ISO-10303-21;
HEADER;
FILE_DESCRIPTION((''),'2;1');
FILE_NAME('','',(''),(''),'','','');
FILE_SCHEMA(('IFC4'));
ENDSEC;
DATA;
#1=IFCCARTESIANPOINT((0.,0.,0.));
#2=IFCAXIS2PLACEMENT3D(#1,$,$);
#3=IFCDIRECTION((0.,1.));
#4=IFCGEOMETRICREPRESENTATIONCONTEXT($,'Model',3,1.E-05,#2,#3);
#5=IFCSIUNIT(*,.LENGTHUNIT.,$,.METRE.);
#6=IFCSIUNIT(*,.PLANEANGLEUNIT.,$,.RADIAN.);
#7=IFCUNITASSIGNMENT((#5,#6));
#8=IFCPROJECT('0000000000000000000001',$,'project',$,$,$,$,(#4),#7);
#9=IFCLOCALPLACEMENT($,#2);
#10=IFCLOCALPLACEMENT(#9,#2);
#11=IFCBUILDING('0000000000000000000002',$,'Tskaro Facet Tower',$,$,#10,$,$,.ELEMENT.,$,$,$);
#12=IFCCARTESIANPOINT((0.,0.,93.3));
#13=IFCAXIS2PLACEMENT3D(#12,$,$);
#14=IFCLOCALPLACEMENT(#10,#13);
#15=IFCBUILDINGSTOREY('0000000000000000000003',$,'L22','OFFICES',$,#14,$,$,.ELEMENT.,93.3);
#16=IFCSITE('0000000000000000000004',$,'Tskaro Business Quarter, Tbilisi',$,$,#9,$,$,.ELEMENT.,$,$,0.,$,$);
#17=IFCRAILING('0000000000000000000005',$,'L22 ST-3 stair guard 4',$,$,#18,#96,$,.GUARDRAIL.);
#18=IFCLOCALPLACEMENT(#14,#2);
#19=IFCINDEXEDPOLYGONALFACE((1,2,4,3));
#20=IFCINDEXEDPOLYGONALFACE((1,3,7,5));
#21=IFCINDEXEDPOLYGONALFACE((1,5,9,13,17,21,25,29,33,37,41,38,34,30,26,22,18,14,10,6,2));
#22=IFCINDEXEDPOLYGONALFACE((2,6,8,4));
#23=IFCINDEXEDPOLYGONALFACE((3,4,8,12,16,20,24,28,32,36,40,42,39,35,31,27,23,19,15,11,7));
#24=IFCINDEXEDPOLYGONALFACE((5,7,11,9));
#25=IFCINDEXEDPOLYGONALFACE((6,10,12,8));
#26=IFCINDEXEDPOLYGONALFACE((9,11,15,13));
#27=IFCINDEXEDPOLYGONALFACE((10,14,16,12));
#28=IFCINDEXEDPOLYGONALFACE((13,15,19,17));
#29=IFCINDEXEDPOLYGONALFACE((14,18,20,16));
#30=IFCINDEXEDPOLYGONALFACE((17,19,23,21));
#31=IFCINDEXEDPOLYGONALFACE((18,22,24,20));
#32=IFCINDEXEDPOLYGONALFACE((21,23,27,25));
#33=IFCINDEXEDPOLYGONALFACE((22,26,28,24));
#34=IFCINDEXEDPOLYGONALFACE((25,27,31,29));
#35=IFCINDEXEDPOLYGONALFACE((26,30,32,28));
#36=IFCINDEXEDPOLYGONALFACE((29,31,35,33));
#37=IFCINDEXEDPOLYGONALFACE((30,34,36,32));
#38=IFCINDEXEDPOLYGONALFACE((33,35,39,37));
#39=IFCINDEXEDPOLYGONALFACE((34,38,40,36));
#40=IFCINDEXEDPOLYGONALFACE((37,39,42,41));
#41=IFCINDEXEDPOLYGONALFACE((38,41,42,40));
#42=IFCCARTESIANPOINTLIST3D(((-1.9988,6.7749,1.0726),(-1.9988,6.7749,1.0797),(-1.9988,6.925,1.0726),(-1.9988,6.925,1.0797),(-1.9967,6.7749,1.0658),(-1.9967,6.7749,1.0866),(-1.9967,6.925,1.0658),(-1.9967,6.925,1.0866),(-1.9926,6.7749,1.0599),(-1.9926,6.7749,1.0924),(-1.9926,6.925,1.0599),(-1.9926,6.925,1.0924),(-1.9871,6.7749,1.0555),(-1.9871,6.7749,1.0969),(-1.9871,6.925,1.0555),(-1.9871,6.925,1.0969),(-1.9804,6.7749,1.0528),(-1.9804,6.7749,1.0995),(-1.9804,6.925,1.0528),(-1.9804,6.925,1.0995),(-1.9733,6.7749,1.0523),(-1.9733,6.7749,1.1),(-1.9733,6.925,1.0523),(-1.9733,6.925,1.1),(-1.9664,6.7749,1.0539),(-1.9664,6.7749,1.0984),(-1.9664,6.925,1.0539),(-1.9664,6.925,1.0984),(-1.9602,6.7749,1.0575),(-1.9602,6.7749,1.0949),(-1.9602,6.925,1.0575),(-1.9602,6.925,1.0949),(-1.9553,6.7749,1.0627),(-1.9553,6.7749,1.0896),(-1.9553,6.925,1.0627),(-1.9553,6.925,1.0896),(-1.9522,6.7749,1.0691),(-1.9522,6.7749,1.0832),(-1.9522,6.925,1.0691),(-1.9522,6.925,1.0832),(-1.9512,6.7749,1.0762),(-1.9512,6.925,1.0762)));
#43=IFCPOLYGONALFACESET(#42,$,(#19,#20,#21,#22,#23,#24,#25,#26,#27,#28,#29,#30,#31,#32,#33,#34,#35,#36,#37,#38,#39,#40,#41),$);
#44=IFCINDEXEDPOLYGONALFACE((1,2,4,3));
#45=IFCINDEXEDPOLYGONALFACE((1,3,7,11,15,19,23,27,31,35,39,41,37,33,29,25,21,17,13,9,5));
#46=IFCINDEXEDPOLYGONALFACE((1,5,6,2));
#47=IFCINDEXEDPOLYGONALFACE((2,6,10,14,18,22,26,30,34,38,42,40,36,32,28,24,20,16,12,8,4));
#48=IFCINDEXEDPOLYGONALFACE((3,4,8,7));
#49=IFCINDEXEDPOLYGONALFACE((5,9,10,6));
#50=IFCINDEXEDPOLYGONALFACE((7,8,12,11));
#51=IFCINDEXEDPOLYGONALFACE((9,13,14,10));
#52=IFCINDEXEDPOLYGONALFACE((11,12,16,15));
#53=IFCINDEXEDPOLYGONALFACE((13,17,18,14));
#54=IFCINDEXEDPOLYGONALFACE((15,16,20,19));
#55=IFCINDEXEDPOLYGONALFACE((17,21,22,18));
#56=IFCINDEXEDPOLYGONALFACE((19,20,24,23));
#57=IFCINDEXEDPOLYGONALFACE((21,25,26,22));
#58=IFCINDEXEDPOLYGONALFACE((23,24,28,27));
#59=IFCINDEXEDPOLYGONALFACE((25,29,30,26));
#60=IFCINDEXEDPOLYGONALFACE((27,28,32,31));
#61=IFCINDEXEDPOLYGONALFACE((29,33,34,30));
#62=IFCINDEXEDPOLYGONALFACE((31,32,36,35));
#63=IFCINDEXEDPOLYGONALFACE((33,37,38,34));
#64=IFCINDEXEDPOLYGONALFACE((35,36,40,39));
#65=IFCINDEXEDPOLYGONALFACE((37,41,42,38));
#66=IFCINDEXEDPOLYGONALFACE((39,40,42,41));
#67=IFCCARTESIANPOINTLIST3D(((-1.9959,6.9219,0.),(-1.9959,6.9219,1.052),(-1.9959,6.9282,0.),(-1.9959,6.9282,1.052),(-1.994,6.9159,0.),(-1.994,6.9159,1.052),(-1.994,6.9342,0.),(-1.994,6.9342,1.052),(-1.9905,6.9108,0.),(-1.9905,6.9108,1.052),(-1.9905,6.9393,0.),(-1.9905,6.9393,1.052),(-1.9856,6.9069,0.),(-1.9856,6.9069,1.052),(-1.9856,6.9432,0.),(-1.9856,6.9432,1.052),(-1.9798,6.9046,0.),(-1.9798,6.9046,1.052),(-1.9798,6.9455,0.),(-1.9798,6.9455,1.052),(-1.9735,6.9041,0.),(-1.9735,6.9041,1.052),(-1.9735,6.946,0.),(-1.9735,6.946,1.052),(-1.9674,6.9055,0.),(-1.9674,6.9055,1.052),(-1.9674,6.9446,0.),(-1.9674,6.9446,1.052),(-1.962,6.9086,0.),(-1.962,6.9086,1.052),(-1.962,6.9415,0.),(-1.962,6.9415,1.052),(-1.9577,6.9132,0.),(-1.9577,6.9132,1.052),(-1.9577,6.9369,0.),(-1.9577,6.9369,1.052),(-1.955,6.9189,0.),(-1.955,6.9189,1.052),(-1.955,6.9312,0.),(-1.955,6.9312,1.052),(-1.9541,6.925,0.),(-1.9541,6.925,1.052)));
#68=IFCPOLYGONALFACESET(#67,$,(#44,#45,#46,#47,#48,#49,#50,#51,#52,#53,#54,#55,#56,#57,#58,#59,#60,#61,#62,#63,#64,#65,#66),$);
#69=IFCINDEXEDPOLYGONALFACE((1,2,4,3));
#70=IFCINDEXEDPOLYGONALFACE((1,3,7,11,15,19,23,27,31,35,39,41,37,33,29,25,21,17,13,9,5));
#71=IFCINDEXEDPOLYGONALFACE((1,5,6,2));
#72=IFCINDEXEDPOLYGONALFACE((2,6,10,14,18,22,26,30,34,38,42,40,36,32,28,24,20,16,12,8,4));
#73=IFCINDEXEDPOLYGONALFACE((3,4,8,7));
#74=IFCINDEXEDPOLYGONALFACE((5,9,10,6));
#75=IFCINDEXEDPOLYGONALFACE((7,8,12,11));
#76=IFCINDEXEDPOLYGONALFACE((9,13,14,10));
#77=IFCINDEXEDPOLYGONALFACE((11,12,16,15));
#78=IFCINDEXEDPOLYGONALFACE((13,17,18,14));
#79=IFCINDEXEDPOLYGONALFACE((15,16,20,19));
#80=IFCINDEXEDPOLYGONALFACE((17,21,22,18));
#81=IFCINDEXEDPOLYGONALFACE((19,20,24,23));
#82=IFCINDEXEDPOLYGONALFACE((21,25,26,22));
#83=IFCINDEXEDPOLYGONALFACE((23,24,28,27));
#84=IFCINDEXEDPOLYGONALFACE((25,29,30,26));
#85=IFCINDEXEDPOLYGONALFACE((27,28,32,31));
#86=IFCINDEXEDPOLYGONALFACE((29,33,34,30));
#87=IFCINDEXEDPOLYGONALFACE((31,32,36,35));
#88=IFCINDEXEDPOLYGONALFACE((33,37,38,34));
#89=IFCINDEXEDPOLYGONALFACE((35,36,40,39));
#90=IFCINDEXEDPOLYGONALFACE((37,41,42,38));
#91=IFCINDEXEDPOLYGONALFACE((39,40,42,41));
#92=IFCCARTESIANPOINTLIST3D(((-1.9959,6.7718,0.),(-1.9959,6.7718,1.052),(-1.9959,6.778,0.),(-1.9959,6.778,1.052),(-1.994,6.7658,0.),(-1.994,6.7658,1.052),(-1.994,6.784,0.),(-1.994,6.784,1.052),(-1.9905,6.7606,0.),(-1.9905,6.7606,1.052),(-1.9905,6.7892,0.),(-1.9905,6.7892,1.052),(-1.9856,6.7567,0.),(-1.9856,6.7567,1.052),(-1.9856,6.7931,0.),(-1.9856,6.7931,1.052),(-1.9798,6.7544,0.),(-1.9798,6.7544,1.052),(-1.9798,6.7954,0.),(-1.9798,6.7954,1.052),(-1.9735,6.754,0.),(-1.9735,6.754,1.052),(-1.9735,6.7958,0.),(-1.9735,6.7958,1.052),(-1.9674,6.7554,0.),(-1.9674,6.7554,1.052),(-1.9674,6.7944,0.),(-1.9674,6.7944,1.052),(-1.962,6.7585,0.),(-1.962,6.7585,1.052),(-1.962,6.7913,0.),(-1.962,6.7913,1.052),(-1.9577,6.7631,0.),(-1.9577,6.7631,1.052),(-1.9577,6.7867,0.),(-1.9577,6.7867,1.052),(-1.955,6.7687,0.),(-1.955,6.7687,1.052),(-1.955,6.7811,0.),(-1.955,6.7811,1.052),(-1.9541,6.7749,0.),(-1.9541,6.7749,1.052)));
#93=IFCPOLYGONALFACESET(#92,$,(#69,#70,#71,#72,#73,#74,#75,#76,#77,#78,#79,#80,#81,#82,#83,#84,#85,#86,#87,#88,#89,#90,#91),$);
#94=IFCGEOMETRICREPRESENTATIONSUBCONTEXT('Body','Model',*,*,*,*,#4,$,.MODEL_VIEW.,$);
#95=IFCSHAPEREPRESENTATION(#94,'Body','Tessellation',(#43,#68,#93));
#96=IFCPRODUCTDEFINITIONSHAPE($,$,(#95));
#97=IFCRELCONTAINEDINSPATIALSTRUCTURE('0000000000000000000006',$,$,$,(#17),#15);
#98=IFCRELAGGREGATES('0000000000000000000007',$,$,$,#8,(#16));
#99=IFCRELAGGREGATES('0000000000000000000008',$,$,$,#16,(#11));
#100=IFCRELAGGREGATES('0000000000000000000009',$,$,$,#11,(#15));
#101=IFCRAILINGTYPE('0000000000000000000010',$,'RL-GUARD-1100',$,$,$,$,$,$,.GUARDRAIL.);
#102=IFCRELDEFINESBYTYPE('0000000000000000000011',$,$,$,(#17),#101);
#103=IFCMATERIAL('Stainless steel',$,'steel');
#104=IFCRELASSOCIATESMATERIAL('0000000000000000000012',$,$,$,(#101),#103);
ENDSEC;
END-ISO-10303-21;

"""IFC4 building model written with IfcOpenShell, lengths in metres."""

from ifc_helpers import new_model, si_unit, direction, frame, origin, origin_2d, place, context, subcontext, project, spatial, circle, extrude, material, type_object, element, save


model = new_model("IFC4")

# Units and contexts
model_context = context("Model", 3, precision=1e-05, world=origin(), true_north=direction((0.0, 1.0)))
body_context = subcontext(model_context, "Body", "Model", "MODEL_VIEW")
ifc_project = project(units=[si_unit("LENGTHUNIT", "METRE"), si_unit("PLANEANGLEUNIT", "RADIAN")], contexts=[model_context])

# Site, building, storey
site_placement = place(None, origin())
site = spatial("IfcSite", under=ifc_project, at=site_placement, Name="Tskaro Business Quarter, Tbilisi", CompositionType="ELEMENT", RefElevation=0.0)
building_placement = place(site_placement, origin())
building = spatial("IfcBuilding", under=site, at=building_placement, Name="Tskaro Facet Tower", CompositionType="ELEMENT")
storey_placement = place(building_placement, frame((0.0, 0.0, 93.3)))
storey = spatial("IfcBuildingStorey", under=building, at=storey_placement, Name="L22", Description="OFFICES", CompositionType="ELEMENT", Elevation=93.3)

# Railing
ifc_material_1 = material(Name="Stainless steel", Category="steel")
railing_type_1 = type_object("IfcRailingType", Name="RL-GUARD-1100", PredefinedType="GUARDRAIL", material=ifc_material_1)
railing_1_placement = place(storey_placement, frame((-1.9751, 6.925, 0.0)))
element("IfcRailing", 1, at=railing_1_placement, inside=storey, type_object=railing_type_1, Name="L22 ST-3 stair guard 4", PredefinedType="GUARDRAIL", context=body_context, shape_type="SweptSolid", body=[
    extrude(circle(Radius=0.0239, at=origin_2d()), frame((0.0, 0.0, 1.0762), z_axis=(0.0, -1.0, 0.0), x_axis=(1.0, 0.0, 0.0)), (0.0, 0.0, 1.0), 0.1501),
    extrude(circle(Radius=0.021, at=origin_2d()), origin(), (0.0, 0.0, 1.0), 1.052),
    extrude(circle(Radius=0.021, at=origin_2d()), frame((0.0, -0.1501, 0.0)), (0.0, 0.0, 1.0), 1.052),
])

save(model, "model.ifc")
